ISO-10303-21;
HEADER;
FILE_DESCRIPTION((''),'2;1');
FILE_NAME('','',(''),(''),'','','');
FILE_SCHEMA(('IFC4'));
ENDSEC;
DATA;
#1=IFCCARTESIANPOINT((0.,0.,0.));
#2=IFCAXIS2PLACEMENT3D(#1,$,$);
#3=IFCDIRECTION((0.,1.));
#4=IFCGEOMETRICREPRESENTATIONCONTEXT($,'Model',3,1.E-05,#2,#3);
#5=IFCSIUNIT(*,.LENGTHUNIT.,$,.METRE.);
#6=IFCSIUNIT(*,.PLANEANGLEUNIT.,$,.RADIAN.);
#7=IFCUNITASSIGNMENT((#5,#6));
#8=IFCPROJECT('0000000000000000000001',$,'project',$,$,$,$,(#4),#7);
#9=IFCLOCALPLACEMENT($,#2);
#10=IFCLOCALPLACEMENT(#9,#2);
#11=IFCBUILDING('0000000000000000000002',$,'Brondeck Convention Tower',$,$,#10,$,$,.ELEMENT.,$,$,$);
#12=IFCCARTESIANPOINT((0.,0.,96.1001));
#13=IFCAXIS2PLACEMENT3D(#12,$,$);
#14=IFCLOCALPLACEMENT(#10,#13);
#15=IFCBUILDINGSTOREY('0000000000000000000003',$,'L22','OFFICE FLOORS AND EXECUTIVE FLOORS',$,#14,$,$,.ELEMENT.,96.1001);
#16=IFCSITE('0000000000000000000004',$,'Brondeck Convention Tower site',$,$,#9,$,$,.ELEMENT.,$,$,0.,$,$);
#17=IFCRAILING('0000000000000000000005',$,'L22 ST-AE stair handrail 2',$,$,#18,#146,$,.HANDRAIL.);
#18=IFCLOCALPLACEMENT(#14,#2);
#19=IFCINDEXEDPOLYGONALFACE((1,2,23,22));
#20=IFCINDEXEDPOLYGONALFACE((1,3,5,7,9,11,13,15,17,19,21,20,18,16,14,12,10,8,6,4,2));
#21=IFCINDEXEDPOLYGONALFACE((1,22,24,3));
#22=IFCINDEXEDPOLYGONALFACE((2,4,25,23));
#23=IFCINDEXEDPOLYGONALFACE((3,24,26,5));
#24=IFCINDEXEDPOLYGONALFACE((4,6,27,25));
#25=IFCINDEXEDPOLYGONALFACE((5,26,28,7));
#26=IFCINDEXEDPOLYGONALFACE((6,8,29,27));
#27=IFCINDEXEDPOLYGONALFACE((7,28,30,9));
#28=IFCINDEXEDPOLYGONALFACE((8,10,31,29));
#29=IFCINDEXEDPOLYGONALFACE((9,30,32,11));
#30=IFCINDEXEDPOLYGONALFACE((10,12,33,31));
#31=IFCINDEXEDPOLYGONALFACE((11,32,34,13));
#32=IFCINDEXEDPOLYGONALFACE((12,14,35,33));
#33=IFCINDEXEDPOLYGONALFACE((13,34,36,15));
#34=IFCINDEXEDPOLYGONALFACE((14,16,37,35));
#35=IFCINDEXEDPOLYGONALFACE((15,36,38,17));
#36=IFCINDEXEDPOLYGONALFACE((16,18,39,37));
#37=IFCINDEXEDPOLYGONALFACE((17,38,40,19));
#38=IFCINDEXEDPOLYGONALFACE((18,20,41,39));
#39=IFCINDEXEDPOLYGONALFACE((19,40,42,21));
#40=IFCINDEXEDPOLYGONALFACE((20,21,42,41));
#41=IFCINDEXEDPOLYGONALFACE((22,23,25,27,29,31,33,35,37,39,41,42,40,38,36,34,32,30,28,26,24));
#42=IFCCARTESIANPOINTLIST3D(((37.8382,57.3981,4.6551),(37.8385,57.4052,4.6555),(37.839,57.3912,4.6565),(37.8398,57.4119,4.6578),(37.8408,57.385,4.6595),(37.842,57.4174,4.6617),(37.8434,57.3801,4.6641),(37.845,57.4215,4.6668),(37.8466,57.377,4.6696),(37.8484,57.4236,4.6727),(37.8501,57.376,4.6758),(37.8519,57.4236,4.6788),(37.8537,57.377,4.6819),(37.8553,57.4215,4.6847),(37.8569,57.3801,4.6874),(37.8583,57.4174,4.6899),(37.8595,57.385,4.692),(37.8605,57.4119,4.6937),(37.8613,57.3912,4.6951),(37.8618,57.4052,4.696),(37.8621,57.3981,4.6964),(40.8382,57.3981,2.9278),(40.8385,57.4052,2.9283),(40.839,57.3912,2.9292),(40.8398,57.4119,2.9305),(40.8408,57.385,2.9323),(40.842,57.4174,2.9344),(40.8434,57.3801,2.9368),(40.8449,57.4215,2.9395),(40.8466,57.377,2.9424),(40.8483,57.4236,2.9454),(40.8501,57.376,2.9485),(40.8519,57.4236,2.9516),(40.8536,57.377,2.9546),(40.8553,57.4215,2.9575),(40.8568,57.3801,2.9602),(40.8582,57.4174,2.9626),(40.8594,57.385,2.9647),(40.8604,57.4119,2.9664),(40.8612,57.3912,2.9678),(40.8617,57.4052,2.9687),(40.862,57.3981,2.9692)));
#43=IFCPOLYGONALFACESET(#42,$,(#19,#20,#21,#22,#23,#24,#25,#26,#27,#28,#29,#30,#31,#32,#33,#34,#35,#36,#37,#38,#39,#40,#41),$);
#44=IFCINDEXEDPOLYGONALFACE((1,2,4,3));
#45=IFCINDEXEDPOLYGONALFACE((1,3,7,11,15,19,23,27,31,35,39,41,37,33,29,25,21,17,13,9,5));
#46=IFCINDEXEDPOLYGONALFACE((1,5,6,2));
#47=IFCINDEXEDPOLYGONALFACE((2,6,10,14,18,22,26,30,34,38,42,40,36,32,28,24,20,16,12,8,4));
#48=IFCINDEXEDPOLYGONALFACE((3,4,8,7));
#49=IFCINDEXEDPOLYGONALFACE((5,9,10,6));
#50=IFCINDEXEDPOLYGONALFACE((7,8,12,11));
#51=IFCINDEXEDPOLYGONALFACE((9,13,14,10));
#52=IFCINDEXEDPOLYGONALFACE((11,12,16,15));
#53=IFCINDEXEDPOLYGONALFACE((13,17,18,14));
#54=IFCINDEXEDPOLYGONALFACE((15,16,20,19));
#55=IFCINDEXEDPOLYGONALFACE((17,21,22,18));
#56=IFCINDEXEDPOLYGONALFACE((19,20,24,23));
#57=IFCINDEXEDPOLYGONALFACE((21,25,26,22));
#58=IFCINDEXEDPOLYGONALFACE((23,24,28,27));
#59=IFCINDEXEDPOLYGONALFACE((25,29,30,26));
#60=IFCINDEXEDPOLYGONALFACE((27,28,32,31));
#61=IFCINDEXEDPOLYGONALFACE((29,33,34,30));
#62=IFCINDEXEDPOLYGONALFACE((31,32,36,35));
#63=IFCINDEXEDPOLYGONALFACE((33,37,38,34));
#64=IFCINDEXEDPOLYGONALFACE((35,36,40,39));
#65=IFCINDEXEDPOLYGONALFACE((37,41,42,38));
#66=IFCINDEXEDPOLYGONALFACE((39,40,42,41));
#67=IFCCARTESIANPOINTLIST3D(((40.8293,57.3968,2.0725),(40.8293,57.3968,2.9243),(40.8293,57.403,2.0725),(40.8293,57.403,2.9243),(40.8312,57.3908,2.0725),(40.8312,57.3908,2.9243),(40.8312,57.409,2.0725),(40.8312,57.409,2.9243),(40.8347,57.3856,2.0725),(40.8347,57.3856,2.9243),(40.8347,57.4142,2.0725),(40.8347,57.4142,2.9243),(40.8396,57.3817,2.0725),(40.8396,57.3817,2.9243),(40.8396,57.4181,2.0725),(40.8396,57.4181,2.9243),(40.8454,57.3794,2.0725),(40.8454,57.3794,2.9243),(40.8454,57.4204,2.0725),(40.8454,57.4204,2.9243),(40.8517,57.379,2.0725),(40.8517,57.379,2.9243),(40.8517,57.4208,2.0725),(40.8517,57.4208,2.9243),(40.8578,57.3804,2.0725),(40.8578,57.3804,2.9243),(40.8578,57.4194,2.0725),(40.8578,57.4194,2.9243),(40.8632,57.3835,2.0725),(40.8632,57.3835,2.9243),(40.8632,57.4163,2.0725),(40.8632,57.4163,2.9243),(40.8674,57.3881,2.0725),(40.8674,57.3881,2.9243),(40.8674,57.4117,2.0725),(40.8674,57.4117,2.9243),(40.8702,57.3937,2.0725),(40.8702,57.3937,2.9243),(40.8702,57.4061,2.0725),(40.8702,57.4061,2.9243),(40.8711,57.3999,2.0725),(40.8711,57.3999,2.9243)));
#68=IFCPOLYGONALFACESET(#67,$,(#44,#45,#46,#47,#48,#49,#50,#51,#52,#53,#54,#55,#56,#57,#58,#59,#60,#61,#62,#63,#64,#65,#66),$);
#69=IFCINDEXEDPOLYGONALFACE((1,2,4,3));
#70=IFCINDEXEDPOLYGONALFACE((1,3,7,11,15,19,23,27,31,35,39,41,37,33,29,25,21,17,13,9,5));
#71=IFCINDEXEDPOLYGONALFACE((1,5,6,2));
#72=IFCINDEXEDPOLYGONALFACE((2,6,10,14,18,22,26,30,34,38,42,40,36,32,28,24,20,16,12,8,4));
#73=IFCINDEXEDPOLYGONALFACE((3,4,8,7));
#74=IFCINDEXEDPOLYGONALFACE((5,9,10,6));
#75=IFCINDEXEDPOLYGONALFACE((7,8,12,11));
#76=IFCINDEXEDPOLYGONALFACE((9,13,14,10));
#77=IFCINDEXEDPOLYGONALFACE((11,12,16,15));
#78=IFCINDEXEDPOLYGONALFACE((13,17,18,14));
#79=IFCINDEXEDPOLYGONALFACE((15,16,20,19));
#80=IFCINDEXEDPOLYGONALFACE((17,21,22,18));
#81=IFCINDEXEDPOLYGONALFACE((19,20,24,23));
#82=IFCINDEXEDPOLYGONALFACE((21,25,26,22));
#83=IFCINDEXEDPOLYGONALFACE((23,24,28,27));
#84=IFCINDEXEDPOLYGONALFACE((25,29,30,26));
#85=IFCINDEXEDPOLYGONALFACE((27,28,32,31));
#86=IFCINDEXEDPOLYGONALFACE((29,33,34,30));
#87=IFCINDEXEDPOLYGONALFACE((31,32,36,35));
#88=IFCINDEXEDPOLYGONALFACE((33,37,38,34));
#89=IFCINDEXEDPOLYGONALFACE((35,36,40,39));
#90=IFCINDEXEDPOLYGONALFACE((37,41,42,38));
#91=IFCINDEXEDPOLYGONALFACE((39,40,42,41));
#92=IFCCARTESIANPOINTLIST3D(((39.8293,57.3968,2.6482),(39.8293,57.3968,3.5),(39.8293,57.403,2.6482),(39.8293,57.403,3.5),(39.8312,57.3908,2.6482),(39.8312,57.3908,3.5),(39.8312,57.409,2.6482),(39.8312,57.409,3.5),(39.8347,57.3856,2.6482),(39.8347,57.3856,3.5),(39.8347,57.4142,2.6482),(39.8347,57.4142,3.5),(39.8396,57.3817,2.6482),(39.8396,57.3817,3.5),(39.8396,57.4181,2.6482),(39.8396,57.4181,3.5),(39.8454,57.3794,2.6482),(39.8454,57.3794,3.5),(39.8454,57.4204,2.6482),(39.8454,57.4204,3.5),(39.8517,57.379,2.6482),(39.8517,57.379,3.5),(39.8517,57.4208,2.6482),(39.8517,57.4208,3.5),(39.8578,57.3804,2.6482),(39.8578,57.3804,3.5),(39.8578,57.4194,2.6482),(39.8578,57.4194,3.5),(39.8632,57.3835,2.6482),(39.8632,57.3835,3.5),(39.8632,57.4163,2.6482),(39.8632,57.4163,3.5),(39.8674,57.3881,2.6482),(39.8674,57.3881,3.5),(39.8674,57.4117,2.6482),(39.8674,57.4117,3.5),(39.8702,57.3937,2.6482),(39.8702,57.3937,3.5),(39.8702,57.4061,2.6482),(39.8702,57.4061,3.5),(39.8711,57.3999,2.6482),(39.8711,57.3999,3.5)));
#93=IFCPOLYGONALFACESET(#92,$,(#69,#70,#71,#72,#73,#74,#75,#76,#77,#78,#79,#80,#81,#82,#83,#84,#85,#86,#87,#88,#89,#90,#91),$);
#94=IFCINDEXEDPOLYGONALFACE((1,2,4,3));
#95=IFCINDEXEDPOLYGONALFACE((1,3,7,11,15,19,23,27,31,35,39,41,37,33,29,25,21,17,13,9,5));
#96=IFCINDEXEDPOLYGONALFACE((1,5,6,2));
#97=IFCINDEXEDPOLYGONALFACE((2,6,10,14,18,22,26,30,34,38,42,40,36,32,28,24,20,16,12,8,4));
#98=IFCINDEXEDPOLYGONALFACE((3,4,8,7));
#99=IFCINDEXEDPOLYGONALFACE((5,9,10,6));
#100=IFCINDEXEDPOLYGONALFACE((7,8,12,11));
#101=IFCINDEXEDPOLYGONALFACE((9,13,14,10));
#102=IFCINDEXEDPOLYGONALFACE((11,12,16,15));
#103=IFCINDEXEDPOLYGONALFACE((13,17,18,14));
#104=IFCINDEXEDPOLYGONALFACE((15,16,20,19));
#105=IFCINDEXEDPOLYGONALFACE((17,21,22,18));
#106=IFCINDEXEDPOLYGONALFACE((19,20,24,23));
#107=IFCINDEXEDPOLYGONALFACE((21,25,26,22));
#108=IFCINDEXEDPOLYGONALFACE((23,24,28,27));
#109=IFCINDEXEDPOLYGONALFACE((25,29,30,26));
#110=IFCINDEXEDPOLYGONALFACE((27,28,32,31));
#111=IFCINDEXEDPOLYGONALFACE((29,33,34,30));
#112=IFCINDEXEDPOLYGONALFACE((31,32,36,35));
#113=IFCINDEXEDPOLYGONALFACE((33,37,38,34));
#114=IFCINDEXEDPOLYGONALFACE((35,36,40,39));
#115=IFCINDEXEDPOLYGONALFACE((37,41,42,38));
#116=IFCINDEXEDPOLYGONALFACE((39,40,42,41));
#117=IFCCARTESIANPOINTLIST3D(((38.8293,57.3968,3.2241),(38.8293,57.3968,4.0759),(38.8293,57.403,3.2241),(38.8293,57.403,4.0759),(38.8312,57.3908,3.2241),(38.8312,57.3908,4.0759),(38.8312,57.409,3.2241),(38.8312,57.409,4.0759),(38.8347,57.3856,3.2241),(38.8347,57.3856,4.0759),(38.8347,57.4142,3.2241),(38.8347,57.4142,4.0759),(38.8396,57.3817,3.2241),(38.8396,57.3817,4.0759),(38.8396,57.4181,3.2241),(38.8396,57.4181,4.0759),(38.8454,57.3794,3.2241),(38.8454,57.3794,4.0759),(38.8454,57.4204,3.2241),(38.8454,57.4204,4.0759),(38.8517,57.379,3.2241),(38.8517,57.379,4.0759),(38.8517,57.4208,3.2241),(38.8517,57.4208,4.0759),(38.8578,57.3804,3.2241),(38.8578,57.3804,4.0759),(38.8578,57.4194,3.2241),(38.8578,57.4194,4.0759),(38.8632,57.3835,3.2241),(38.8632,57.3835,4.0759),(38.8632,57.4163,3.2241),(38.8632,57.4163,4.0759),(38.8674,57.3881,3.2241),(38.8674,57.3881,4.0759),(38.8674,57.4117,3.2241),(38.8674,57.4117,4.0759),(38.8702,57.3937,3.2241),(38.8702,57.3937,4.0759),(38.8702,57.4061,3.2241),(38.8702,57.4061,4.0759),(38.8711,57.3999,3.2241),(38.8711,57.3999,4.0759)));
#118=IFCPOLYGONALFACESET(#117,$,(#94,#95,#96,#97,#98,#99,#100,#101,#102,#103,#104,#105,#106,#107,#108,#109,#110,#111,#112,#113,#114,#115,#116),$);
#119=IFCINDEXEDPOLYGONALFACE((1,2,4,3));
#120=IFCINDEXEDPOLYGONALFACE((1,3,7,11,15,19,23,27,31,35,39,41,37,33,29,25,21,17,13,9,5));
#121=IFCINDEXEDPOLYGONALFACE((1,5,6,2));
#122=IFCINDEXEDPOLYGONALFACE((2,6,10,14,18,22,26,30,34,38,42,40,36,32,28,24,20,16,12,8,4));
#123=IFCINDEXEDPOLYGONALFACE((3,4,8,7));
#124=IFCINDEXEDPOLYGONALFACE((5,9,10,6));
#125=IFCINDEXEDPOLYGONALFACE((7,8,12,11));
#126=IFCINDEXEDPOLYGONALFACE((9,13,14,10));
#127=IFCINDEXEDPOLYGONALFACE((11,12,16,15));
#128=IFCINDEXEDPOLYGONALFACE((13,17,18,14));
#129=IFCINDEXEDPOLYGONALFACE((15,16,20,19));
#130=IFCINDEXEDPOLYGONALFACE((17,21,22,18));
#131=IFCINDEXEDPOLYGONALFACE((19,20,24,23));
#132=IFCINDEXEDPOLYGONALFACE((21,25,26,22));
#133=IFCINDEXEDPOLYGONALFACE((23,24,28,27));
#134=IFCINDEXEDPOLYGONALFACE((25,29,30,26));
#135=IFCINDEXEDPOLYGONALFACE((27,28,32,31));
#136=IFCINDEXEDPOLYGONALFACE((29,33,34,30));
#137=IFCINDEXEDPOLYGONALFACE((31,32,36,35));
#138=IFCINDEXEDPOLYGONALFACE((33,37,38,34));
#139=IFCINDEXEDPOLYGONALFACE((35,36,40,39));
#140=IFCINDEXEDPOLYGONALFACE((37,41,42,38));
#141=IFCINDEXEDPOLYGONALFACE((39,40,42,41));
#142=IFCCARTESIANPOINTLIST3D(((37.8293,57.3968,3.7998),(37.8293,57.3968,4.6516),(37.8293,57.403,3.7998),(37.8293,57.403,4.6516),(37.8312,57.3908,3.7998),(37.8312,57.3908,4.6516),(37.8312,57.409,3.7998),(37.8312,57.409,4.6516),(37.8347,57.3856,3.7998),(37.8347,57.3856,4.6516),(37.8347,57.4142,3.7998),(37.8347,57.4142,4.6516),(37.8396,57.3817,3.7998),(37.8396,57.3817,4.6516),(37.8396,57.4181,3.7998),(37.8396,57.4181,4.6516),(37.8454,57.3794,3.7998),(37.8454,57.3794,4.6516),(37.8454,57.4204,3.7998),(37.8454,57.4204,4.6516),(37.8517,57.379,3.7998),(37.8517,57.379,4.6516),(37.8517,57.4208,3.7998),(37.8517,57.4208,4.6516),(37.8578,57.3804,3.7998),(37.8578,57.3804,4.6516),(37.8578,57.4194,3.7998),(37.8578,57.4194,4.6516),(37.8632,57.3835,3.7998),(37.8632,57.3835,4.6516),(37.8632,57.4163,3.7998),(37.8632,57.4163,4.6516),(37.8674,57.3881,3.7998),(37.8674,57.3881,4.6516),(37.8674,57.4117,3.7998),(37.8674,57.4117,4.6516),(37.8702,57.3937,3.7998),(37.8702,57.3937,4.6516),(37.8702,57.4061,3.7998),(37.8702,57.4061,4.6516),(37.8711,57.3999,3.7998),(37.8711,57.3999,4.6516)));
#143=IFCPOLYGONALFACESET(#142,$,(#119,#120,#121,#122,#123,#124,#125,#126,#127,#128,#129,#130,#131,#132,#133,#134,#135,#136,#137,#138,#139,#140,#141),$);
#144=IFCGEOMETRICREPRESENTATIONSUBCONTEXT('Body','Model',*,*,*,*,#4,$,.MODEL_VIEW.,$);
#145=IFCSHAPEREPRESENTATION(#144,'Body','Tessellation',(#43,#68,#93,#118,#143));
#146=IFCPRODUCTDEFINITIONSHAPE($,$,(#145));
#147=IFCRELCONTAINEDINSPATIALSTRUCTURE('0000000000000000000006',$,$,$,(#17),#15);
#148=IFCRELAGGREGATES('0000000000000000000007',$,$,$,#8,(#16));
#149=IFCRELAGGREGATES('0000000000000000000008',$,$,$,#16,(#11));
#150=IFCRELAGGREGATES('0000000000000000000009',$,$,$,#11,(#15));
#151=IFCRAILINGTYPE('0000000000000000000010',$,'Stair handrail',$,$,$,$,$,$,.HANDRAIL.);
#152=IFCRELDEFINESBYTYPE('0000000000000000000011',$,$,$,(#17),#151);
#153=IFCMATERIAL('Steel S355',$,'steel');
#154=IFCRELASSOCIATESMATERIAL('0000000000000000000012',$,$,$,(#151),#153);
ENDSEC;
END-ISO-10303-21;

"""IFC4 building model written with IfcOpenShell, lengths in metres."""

from ifc_helpers import new_model, si_unit, direction, frame, origin, origin_2d, place, context, subcontext, project, spatial, circle, extrude, material, type_object, element, save


model = new_model("IFC4")

# Units and contexts
model_context = context("Model", 3, precision=1e-05, world=origin(), true_north=direction((0.0, 1.0)))
body_context = subcontext(model_context, "Body", "Model", "MODEL_VIEW")
ifc_project = project(units=[si_unit("LENGTHUNIT", "METRE"), si_unit("PLANEANGLEUNIT", "RADIAN")], contexts=[model_context])

# Site, building, storey
site_placement = place(None, origin())
site = spatial("IfcSite", under=ifc_project, at=site_placement, Name="Brondeck Convention Tower site", CompositionType="ELEMENT", RefElevation=0.0)
building_placement = place(site_placement, origin())
building = spatial("IfcBuilding", under=site, at=building_placement, Name="Brondeck Convention Tower", CompositionType="ELEMENT")
storey_placement = place(building_placement, frame((0.0, 0.0, 96.1001)))
storey = spatial("IfcBuildingStorey", under=building, at=storey_placement, Name="L22", Description="OFFICE FLOORS AND EXECUTIVE FLOORS", CompositionType="ELEMENT", Elevation=96.1001)

# Shared definitions
ifc_material_1 = material(Name="Steel S355", Category="steel")

# Railing
railing_type_1 = type_object("IfcRailingType", Name="Stair handrail", PredefinedType="HANDRAIL", material=ifc_material_1)
railing_1_placement = place(storey_placement, frame((40.8501, 57.3999, 2.0725)))
element("IfcRailing", 1, at=railing_1_placement, inside=storey, type_object=railing_type_1, Name="L22 ST-AE stair handrail 2", PredefinedType="HANDRAIL", context=body_context, shape_type="SweptSolid", body=[
    extrude(circle(Radius=0.0239, at=origin_2d()), frame((0.0, 0.0, 0.876), z_axis=(-0.86662, 0.0, 0.498969), x_axis=(0.0, -1.0, 0.0)), (0.0, 0.0, 1.0), 3.4617),
    extrude(circle(Radius=0.021, at=origin_2d()), origin(), (0.0, 0.0, 1.0), 0.8518),
    extrude(circle(Radius=0.021, at=origin_2d()), frame((-1.0, 0.0, 0.5757)), (0.0, 0.0, 1.0), 0.8518),
    extrude(circle(Radius=0.021, at=origin_2d()), frame((-2.0, 0.0, 1.1516)), (0.0, 0.0, 1.0), 0.8518),
    extrude(circle(Radius=0.021, at=origin_2d()), frame((-3.0, 0.0, 1.7273)), (0.0, 0.0, 1.0), 0.8518),
])

save(model, "model.ifc")
